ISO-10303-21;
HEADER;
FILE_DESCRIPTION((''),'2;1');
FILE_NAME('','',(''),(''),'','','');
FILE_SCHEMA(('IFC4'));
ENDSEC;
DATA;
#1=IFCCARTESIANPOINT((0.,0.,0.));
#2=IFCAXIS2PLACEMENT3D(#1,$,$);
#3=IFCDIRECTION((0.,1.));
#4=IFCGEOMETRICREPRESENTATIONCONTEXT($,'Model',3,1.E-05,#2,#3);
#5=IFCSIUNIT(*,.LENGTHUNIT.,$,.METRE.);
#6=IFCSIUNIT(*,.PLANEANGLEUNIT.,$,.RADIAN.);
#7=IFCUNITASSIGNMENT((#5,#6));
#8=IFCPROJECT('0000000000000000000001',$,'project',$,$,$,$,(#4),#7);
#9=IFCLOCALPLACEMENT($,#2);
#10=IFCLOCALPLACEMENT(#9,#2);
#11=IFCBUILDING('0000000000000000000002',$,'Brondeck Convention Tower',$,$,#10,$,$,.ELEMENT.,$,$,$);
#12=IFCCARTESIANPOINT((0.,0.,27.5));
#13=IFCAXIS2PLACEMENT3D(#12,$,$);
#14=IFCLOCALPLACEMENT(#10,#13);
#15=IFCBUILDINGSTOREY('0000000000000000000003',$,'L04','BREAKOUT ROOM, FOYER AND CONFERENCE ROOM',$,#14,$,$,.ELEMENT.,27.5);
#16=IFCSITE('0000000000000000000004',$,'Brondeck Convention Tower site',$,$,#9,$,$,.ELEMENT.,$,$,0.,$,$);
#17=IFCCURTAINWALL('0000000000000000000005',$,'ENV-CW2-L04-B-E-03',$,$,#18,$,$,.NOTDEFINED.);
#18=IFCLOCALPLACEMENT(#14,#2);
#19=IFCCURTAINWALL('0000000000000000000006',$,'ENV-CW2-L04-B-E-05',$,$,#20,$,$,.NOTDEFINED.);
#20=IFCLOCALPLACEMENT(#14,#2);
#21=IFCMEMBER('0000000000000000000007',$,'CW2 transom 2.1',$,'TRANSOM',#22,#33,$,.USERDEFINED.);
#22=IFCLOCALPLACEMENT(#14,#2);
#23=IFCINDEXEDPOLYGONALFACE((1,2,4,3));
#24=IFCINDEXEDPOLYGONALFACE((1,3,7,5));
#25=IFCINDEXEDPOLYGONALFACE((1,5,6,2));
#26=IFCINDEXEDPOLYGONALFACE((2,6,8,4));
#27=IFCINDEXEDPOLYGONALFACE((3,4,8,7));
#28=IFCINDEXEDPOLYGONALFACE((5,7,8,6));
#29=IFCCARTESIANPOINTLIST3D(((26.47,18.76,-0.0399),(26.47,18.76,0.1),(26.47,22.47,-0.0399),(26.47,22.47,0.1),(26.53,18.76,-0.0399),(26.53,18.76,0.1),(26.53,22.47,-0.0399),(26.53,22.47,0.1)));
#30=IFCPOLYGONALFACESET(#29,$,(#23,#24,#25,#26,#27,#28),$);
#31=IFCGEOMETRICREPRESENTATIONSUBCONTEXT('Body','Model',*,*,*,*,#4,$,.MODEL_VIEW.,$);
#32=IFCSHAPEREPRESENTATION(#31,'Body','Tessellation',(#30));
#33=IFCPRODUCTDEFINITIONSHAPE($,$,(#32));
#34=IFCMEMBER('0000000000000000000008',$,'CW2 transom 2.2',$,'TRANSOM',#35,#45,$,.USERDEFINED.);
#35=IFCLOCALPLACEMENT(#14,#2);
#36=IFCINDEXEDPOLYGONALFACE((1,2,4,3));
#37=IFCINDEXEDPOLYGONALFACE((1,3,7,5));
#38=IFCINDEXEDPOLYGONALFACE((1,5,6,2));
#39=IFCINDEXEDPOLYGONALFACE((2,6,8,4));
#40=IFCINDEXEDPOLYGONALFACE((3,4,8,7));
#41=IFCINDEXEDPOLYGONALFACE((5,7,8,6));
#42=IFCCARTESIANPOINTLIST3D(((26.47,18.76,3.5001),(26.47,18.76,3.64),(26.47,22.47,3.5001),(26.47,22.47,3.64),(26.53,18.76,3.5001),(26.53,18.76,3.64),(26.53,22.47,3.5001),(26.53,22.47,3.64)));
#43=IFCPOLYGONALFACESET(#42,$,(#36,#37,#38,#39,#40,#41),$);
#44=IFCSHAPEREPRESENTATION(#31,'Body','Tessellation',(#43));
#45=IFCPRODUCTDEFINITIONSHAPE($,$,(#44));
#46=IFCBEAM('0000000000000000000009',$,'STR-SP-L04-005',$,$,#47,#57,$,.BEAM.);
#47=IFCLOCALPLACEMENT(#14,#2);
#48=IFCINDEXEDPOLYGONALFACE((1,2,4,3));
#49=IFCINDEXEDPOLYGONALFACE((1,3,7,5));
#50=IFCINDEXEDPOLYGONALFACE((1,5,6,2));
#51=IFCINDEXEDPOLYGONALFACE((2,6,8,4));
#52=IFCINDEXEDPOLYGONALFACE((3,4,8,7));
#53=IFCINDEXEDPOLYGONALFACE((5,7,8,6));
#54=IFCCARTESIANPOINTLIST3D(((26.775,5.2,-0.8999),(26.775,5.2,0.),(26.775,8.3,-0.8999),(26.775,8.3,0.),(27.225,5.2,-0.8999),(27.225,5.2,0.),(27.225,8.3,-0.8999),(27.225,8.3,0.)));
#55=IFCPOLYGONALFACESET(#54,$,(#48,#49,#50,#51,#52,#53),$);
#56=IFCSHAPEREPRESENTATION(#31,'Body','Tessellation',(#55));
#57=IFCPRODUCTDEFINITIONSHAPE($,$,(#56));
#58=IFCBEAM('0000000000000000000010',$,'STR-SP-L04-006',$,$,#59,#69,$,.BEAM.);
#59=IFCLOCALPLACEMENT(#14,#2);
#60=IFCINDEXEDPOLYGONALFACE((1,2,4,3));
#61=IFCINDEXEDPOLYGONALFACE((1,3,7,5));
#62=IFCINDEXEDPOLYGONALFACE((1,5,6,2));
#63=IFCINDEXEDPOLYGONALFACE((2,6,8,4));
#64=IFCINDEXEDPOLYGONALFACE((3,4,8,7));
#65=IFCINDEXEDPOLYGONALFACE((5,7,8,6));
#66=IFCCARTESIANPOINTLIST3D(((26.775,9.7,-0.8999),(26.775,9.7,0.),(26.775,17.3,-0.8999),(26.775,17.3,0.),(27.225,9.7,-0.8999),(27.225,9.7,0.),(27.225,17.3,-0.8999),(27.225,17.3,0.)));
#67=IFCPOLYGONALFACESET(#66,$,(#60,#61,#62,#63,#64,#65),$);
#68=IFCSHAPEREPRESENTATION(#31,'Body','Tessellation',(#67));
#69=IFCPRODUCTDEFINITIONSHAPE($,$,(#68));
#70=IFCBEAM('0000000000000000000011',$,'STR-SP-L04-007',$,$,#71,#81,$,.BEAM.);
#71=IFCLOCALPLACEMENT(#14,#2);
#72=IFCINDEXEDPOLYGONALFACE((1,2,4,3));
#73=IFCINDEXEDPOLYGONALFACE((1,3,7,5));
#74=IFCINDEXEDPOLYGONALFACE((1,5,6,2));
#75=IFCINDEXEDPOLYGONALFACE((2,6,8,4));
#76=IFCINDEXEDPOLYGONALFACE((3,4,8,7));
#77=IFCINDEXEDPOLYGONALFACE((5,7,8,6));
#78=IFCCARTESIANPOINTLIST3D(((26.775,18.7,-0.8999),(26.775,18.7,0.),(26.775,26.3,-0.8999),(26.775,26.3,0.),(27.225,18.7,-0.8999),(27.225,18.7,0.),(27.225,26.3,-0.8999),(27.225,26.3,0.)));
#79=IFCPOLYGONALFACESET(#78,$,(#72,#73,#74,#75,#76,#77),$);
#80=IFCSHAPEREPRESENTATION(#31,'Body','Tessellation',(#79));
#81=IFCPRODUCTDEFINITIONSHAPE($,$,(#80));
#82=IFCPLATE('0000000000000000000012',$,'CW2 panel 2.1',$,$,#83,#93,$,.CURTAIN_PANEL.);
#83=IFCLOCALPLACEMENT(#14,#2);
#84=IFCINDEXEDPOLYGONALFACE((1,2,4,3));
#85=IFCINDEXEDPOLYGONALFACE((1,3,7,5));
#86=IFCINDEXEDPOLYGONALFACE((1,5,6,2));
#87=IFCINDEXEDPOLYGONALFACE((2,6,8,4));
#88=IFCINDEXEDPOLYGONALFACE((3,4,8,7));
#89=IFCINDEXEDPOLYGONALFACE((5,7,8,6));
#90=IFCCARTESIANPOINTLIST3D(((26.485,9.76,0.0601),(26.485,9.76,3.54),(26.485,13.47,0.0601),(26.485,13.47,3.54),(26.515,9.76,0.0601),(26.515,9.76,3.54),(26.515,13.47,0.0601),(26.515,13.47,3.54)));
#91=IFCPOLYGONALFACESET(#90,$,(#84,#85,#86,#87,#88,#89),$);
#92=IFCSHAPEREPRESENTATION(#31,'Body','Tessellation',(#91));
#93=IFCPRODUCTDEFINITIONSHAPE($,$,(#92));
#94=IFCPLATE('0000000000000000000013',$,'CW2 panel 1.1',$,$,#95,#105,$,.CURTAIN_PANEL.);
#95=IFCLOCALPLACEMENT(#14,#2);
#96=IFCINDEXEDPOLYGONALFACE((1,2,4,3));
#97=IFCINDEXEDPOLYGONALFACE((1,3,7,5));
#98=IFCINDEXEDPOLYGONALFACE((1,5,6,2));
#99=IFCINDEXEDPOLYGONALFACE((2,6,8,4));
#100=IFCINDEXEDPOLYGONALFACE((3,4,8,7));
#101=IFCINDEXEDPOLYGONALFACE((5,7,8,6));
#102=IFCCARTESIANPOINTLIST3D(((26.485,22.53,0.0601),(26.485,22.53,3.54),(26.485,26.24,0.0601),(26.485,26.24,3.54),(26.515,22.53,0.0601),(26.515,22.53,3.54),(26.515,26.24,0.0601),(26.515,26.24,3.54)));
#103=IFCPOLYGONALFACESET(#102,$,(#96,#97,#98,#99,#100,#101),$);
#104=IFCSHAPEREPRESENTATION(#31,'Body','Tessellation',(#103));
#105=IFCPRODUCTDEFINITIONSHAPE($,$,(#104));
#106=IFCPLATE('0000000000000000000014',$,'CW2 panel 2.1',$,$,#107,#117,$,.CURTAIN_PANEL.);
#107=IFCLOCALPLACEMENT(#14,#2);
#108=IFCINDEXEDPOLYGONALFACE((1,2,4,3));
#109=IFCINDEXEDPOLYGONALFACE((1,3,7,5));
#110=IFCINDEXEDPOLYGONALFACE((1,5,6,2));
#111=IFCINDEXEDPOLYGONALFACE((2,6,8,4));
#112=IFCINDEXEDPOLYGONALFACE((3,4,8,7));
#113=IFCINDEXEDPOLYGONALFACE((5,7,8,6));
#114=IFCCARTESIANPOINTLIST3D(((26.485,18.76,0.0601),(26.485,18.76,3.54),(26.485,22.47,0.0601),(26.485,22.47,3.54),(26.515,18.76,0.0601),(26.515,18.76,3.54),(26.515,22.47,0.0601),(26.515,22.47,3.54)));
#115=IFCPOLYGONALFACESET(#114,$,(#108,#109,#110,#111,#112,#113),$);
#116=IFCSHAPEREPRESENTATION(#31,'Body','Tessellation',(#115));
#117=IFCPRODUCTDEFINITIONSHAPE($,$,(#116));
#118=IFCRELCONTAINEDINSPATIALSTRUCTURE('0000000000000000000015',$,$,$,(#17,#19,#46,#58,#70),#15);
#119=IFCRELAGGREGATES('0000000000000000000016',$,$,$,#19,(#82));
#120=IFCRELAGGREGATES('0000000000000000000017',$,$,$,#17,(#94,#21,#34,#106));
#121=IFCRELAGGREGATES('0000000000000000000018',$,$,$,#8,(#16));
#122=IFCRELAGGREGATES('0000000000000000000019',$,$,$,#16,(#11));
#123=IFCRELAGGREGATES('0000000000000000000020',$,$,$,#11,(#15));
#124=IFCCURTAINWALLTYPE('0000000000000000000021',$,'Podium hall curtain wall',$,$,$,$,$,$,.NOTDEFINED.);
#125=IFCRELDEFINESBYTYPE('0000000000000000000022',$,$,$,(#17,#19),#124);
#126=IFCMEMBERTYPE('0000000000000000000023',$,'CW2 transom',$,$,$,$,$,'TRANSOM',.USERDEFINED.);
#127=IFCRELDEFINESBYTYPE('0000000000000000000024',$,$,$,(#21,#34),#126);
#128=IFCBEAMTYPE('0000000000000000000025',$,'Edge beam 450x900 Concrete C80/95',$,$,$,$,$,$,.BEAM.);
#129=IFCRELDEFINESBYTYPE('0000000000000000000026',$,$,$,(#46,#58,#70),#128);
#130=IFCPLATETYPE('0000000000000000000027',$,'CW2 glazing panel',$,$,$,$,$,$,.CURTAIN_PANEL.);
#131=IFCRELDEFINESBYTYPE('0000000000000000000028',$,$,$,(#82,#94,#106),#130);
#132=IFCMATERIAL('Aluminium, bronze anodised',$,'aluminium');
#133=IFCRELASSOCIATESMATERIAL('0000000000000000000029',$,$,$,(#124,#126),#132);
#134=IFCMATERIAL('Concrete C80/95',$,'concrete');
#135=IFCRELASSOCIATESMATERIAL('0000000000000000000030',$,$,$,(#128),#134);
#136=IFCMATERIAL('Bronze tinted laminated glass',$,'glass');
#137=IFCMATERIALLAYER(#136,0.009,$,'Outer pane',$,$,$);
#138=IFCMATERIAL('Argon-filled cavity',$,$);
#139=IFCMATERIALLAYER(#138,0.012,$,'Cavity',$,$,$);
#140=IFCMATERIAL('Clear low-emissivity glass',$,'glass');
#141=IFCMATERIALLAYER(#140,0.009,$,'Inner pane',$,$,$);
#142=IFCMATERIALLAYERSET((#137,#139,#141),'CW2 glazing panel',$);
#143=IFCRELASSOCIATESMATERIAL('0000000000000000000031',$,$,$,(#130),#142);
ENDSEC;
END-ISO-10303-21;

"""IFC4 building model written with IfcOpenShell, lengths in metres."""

from ifc_helpers import new_model, si_unit, direction, frame, origin, origin_2d, place, context, subcontext, project, spatial, rectangle, extrude, material, layer, layer_set, material_profile, profile_set, type_object, element, aggregate, save


model = new_model("IFC4")

# Units and contexts
model_context = context("Model", 3, precision=1e-05, world=origin(), true_north=direction((0.0, 1.0)))
body_context = subcontext(model_context, "Body", "Model", "MODEL_VIEW")
ifc_project = project(units=[si_unit("LENGTHUNIT", "METRE"), si_unit("PLANEANGLEUNIT", "RADIAN")], contexts=[model_context])

# Site, building, storey
site_placement = place(None, origin())
site = spatial("IfcSite", under=ifc_project, at=site_placement, Name="Brondeck Convention Tower site", CompositionType="ELEMENT", RefElevation=0.0)
building_placement = place(site_placement, origin())
building = spatial("IfcBuilding", under=site, at=building_placement, Name="Brondeck Convention Tower", CompositionType="ELEMENT")
storey_placement = place(building_placement, frame((0.0, 0.0, 27.5)))
storey = spatial("IfcBuildingStorey", under=building, at=storey_placement, Name="L04", Description="BREAKOUT ROOM, FOYER AND CONFERENCE ROOM", CompositionType="ELEMENT", Elevation=27.5)

# Shared definitions
ifc_material_1 = material(Name="Concrete C80/95", Category="concrete")

# Curtain walls
ifc_material_2 = material(Name="Aluminium, bronze anodised", Category="aluminium")
curtain_wall_type = type_object("IfcCurtainWallType", Name="Podium hall curtain wall", PredefinedType="NOTDEFINED", material=ifc_material_2)
curtain_wall_1_placement = place(storey_placement, origin())
curtain_wall_1 = element("IfcCurtainWall", 1, at=curtain_wall_1_placement, inside=storey, type_object=curtain_wall_type, Name="ENV-CW2-L04-B-E-03", PredefinedType="NOTDEFINED")
curtain_wall_2_placement = place(storey_placement, origin())
curtain_wall_2 = element("IfcCurtainWall", 2, at=curtain_wall_2_placement, inside=storey, type_object=curtain_wall_type, Name="ENV-CW2-L04-B-E-05", PredefinedType="NOTDEFINED")
ifc_material_profile_1 = material_profile(ifc_material_2, rectangle(XDim=0.0601, YDim=0.1399, at=origin_2d()), Name="CW2 transom")
ifc_profile_set_1 = profile_set([ifc_material_profile_1], Name="Aluminium, bronze anodised")
member_type_1 = type_object("IfcMemberType", Name="CW2 transom", ElementType="TRANSOM", PredefinedType="USERDEFINED", material=ifc_profile_set_1)

# Members
member_1_placement = place(storey_placement, frame((26.5, 22.47, 0.03), z_axis=(0.0, -1.0, 0.0), x_axis=(1.0, 0.0, 0.0)))
member_1 = element("IfcMember", 3, at=member_1_placement, type_object=member_type_1, Name="CW2 transom 2.1", ObjectType="TRANSOM", PredefinedType="USERDEFINED", context=body_context, shape_type="SweptSolid", body=[
    extrude(rectangle(XDim=0.0601, YDim=0.1399, at=origin_2d()), origin(), (0.0, 0.0, 1.0), 3.71),
])
member_2_placement = place(storey_placement, frame((26.5, 22.47, 3.5701), z_axis=(0.0, -1.0, 0.0), x_axis=(1.0, 0.0, 0.0)))
member_2 = element("IfcMember", 4, at=member_2_placement, type_object=member_type_1, Name="CW2 transom 2.2", ObjectType="TRANSOM", PredefinedType="USERDEFINED", context=body_context, shape_type="SweptSolid", body=[
    extrude(rectangle(XDim=0.0601, YDim=0.1399, at=origin_2d()), origin(), (0.0, 0.0, 1.0), 3.71),
])

# Beams
ifc_material_profile_2 = material_profile(ifc_material_1, rectangle(XDim=0.45, YDim=0.8999, at=origin_2d()), Name="Edge beam 450x900 Concrete C80/95")
ifc_profile_set_2 = profile_set([ifc_material_profile_2], Name="Concrete C80/95")
beam_type = type_object("IfcBeamType", Name="Edge beam 450x900 Concrete C80/95", PredefinedType="BEAM", material=ifc_profile_set_2)
beam_placement = place(storey_placement, frame((27.0, 5.2, -0.45), z_axis=(0.0, 1.0, 0.0), x_axis=(-1.0, 0.0, 0.0)))
element("IfcBeam", 5, at=beam_placement, inside=storey, type_object=beam_type, Name="STR-SP-L04-005", PredefinedType="BEAM", context=body_context, shape_type="SweptSolid", body=[
    extrude(rectangle(XDim=0.45, YDim=0.8999, at=origin_2d()), origin(), (0.0, 0.0, 1.0), 3.1001),
])
for number, where, z_axis, x_axis, name in (
    (6, (27.0, 9.7, -0.45), (0.0, 1.0, 0.0), (-1.0, 0.0, 0.0), "STR-SP-L04-006"),
    (7, (27.0, 18.7, -0.45), (0.0, 1.0, 0.0), (-1.0, 0.0, 0.0), "STR-SP-L04-007"),
):
    element("IfcBeam", number, at=place(storey_placement, frame(where, z_axis=z_axis, x_axis=x_axis)), inside=storey, type_object=beam_type, Name=name, PredefinedType="BEAM", context=body_context, shape_type="SweptSolid", body=[
        extrude(rectangle(XDim=0.45, YDim=0.8999, at=origin_2d()), origin(), (0.0, 0.0, 1.0), 7.6001),
    ])

# Plates
ifc_material_3 = material(Name="Bronze tinted laminated glass", Category="glass")
ifc_layer_1 = layer(ifc_material_3, 0.009, Name="Outer pane")
ifc_material_4 = material(Name="Argon-filled cavity")
ifc_layer_2 = layer(ifc_material_4, 0.012, Name="Cavity")
ifc_material_5 = material(Name="Clear low-emissivity glass", Category="glass")
ifc_layer_3 = layer(ifc_material_5, 0.009, Name="Inner pane")
ifc_layer_set = layer_set([ifc_layer_1, ifc_layer_2, ifc_layer_3], Name="CW2 glazing panel")
plate_type = type_object("IfcPlateType", Name="CW2 glazing panel", PredefinedType="CURTAIN_PANEL", material=ifc_layer_set)
plate_1_placement = place(storey_placement, frame((26.5, 11.615, 0.0601), z_axis=(0.0, 0.0, 1.0), x_axis=(0.0, -1.0, 0.0)))
plate_1 = element("IfcPlate", 8, at=plate_1_placement, type_object=plate_type, Name="CW2 panel 2.1", PredefinedType="CURTAIN_PANEL", context=body_context, shape_type="SweptSolid", body=[
    extrude(rectangle(XDim=3.71, YDim=0.03, at=origin_2d()), origin(), (0.0, 0.0, 1.0), 3.48),
])
aggregate(curtain_wall_2, [plate_1])
plate_2_placement = place(storey_placement, frame((26.5, 24.385, 0.0601), z_axis=(0.0, 0.0, 1.0), x_axis=(0.0, -1.0, 0.0)))
plate_2 = element("IfcPlate", 9, at=plate_2_placement, type_object=plate_type, Name="CW2 panel 1.1", PredefinedType="CURTAIN_PANEL", context=body_context, shape_type="SweptSolid", body=[
    extrude(rectangle(XDim=3.71, YDim=0.03, at=origin_2d()), origin(), (0.0, 0.0, 1.0), 3.48),
])
plate_3_placement = place(storey_placement, frame((26.5, 20.615, 0.0601), z_axis=(0.0, 0.0, 1.0), x_axis=(0.0, -1.0, 0.0)))
plate_3 = element("IfcPlate", 10, at=plate_3_placement, type_object=plate_type, Name="CW2 panel 2.1", PredefinedType="CURTAIN_PANEL", context=body_context, shape_type="SweptSolid", body=[
    extrude(rectangle(XDim=3.71, YDim=0.03, at=origin_2d()), origin(), (0.0, 0.0, 1.0), 3.48),
])
aggregate(curtain_wall_1, [plate_2, member_1, member_2, plate_3])

save(model, "model.ifc")
